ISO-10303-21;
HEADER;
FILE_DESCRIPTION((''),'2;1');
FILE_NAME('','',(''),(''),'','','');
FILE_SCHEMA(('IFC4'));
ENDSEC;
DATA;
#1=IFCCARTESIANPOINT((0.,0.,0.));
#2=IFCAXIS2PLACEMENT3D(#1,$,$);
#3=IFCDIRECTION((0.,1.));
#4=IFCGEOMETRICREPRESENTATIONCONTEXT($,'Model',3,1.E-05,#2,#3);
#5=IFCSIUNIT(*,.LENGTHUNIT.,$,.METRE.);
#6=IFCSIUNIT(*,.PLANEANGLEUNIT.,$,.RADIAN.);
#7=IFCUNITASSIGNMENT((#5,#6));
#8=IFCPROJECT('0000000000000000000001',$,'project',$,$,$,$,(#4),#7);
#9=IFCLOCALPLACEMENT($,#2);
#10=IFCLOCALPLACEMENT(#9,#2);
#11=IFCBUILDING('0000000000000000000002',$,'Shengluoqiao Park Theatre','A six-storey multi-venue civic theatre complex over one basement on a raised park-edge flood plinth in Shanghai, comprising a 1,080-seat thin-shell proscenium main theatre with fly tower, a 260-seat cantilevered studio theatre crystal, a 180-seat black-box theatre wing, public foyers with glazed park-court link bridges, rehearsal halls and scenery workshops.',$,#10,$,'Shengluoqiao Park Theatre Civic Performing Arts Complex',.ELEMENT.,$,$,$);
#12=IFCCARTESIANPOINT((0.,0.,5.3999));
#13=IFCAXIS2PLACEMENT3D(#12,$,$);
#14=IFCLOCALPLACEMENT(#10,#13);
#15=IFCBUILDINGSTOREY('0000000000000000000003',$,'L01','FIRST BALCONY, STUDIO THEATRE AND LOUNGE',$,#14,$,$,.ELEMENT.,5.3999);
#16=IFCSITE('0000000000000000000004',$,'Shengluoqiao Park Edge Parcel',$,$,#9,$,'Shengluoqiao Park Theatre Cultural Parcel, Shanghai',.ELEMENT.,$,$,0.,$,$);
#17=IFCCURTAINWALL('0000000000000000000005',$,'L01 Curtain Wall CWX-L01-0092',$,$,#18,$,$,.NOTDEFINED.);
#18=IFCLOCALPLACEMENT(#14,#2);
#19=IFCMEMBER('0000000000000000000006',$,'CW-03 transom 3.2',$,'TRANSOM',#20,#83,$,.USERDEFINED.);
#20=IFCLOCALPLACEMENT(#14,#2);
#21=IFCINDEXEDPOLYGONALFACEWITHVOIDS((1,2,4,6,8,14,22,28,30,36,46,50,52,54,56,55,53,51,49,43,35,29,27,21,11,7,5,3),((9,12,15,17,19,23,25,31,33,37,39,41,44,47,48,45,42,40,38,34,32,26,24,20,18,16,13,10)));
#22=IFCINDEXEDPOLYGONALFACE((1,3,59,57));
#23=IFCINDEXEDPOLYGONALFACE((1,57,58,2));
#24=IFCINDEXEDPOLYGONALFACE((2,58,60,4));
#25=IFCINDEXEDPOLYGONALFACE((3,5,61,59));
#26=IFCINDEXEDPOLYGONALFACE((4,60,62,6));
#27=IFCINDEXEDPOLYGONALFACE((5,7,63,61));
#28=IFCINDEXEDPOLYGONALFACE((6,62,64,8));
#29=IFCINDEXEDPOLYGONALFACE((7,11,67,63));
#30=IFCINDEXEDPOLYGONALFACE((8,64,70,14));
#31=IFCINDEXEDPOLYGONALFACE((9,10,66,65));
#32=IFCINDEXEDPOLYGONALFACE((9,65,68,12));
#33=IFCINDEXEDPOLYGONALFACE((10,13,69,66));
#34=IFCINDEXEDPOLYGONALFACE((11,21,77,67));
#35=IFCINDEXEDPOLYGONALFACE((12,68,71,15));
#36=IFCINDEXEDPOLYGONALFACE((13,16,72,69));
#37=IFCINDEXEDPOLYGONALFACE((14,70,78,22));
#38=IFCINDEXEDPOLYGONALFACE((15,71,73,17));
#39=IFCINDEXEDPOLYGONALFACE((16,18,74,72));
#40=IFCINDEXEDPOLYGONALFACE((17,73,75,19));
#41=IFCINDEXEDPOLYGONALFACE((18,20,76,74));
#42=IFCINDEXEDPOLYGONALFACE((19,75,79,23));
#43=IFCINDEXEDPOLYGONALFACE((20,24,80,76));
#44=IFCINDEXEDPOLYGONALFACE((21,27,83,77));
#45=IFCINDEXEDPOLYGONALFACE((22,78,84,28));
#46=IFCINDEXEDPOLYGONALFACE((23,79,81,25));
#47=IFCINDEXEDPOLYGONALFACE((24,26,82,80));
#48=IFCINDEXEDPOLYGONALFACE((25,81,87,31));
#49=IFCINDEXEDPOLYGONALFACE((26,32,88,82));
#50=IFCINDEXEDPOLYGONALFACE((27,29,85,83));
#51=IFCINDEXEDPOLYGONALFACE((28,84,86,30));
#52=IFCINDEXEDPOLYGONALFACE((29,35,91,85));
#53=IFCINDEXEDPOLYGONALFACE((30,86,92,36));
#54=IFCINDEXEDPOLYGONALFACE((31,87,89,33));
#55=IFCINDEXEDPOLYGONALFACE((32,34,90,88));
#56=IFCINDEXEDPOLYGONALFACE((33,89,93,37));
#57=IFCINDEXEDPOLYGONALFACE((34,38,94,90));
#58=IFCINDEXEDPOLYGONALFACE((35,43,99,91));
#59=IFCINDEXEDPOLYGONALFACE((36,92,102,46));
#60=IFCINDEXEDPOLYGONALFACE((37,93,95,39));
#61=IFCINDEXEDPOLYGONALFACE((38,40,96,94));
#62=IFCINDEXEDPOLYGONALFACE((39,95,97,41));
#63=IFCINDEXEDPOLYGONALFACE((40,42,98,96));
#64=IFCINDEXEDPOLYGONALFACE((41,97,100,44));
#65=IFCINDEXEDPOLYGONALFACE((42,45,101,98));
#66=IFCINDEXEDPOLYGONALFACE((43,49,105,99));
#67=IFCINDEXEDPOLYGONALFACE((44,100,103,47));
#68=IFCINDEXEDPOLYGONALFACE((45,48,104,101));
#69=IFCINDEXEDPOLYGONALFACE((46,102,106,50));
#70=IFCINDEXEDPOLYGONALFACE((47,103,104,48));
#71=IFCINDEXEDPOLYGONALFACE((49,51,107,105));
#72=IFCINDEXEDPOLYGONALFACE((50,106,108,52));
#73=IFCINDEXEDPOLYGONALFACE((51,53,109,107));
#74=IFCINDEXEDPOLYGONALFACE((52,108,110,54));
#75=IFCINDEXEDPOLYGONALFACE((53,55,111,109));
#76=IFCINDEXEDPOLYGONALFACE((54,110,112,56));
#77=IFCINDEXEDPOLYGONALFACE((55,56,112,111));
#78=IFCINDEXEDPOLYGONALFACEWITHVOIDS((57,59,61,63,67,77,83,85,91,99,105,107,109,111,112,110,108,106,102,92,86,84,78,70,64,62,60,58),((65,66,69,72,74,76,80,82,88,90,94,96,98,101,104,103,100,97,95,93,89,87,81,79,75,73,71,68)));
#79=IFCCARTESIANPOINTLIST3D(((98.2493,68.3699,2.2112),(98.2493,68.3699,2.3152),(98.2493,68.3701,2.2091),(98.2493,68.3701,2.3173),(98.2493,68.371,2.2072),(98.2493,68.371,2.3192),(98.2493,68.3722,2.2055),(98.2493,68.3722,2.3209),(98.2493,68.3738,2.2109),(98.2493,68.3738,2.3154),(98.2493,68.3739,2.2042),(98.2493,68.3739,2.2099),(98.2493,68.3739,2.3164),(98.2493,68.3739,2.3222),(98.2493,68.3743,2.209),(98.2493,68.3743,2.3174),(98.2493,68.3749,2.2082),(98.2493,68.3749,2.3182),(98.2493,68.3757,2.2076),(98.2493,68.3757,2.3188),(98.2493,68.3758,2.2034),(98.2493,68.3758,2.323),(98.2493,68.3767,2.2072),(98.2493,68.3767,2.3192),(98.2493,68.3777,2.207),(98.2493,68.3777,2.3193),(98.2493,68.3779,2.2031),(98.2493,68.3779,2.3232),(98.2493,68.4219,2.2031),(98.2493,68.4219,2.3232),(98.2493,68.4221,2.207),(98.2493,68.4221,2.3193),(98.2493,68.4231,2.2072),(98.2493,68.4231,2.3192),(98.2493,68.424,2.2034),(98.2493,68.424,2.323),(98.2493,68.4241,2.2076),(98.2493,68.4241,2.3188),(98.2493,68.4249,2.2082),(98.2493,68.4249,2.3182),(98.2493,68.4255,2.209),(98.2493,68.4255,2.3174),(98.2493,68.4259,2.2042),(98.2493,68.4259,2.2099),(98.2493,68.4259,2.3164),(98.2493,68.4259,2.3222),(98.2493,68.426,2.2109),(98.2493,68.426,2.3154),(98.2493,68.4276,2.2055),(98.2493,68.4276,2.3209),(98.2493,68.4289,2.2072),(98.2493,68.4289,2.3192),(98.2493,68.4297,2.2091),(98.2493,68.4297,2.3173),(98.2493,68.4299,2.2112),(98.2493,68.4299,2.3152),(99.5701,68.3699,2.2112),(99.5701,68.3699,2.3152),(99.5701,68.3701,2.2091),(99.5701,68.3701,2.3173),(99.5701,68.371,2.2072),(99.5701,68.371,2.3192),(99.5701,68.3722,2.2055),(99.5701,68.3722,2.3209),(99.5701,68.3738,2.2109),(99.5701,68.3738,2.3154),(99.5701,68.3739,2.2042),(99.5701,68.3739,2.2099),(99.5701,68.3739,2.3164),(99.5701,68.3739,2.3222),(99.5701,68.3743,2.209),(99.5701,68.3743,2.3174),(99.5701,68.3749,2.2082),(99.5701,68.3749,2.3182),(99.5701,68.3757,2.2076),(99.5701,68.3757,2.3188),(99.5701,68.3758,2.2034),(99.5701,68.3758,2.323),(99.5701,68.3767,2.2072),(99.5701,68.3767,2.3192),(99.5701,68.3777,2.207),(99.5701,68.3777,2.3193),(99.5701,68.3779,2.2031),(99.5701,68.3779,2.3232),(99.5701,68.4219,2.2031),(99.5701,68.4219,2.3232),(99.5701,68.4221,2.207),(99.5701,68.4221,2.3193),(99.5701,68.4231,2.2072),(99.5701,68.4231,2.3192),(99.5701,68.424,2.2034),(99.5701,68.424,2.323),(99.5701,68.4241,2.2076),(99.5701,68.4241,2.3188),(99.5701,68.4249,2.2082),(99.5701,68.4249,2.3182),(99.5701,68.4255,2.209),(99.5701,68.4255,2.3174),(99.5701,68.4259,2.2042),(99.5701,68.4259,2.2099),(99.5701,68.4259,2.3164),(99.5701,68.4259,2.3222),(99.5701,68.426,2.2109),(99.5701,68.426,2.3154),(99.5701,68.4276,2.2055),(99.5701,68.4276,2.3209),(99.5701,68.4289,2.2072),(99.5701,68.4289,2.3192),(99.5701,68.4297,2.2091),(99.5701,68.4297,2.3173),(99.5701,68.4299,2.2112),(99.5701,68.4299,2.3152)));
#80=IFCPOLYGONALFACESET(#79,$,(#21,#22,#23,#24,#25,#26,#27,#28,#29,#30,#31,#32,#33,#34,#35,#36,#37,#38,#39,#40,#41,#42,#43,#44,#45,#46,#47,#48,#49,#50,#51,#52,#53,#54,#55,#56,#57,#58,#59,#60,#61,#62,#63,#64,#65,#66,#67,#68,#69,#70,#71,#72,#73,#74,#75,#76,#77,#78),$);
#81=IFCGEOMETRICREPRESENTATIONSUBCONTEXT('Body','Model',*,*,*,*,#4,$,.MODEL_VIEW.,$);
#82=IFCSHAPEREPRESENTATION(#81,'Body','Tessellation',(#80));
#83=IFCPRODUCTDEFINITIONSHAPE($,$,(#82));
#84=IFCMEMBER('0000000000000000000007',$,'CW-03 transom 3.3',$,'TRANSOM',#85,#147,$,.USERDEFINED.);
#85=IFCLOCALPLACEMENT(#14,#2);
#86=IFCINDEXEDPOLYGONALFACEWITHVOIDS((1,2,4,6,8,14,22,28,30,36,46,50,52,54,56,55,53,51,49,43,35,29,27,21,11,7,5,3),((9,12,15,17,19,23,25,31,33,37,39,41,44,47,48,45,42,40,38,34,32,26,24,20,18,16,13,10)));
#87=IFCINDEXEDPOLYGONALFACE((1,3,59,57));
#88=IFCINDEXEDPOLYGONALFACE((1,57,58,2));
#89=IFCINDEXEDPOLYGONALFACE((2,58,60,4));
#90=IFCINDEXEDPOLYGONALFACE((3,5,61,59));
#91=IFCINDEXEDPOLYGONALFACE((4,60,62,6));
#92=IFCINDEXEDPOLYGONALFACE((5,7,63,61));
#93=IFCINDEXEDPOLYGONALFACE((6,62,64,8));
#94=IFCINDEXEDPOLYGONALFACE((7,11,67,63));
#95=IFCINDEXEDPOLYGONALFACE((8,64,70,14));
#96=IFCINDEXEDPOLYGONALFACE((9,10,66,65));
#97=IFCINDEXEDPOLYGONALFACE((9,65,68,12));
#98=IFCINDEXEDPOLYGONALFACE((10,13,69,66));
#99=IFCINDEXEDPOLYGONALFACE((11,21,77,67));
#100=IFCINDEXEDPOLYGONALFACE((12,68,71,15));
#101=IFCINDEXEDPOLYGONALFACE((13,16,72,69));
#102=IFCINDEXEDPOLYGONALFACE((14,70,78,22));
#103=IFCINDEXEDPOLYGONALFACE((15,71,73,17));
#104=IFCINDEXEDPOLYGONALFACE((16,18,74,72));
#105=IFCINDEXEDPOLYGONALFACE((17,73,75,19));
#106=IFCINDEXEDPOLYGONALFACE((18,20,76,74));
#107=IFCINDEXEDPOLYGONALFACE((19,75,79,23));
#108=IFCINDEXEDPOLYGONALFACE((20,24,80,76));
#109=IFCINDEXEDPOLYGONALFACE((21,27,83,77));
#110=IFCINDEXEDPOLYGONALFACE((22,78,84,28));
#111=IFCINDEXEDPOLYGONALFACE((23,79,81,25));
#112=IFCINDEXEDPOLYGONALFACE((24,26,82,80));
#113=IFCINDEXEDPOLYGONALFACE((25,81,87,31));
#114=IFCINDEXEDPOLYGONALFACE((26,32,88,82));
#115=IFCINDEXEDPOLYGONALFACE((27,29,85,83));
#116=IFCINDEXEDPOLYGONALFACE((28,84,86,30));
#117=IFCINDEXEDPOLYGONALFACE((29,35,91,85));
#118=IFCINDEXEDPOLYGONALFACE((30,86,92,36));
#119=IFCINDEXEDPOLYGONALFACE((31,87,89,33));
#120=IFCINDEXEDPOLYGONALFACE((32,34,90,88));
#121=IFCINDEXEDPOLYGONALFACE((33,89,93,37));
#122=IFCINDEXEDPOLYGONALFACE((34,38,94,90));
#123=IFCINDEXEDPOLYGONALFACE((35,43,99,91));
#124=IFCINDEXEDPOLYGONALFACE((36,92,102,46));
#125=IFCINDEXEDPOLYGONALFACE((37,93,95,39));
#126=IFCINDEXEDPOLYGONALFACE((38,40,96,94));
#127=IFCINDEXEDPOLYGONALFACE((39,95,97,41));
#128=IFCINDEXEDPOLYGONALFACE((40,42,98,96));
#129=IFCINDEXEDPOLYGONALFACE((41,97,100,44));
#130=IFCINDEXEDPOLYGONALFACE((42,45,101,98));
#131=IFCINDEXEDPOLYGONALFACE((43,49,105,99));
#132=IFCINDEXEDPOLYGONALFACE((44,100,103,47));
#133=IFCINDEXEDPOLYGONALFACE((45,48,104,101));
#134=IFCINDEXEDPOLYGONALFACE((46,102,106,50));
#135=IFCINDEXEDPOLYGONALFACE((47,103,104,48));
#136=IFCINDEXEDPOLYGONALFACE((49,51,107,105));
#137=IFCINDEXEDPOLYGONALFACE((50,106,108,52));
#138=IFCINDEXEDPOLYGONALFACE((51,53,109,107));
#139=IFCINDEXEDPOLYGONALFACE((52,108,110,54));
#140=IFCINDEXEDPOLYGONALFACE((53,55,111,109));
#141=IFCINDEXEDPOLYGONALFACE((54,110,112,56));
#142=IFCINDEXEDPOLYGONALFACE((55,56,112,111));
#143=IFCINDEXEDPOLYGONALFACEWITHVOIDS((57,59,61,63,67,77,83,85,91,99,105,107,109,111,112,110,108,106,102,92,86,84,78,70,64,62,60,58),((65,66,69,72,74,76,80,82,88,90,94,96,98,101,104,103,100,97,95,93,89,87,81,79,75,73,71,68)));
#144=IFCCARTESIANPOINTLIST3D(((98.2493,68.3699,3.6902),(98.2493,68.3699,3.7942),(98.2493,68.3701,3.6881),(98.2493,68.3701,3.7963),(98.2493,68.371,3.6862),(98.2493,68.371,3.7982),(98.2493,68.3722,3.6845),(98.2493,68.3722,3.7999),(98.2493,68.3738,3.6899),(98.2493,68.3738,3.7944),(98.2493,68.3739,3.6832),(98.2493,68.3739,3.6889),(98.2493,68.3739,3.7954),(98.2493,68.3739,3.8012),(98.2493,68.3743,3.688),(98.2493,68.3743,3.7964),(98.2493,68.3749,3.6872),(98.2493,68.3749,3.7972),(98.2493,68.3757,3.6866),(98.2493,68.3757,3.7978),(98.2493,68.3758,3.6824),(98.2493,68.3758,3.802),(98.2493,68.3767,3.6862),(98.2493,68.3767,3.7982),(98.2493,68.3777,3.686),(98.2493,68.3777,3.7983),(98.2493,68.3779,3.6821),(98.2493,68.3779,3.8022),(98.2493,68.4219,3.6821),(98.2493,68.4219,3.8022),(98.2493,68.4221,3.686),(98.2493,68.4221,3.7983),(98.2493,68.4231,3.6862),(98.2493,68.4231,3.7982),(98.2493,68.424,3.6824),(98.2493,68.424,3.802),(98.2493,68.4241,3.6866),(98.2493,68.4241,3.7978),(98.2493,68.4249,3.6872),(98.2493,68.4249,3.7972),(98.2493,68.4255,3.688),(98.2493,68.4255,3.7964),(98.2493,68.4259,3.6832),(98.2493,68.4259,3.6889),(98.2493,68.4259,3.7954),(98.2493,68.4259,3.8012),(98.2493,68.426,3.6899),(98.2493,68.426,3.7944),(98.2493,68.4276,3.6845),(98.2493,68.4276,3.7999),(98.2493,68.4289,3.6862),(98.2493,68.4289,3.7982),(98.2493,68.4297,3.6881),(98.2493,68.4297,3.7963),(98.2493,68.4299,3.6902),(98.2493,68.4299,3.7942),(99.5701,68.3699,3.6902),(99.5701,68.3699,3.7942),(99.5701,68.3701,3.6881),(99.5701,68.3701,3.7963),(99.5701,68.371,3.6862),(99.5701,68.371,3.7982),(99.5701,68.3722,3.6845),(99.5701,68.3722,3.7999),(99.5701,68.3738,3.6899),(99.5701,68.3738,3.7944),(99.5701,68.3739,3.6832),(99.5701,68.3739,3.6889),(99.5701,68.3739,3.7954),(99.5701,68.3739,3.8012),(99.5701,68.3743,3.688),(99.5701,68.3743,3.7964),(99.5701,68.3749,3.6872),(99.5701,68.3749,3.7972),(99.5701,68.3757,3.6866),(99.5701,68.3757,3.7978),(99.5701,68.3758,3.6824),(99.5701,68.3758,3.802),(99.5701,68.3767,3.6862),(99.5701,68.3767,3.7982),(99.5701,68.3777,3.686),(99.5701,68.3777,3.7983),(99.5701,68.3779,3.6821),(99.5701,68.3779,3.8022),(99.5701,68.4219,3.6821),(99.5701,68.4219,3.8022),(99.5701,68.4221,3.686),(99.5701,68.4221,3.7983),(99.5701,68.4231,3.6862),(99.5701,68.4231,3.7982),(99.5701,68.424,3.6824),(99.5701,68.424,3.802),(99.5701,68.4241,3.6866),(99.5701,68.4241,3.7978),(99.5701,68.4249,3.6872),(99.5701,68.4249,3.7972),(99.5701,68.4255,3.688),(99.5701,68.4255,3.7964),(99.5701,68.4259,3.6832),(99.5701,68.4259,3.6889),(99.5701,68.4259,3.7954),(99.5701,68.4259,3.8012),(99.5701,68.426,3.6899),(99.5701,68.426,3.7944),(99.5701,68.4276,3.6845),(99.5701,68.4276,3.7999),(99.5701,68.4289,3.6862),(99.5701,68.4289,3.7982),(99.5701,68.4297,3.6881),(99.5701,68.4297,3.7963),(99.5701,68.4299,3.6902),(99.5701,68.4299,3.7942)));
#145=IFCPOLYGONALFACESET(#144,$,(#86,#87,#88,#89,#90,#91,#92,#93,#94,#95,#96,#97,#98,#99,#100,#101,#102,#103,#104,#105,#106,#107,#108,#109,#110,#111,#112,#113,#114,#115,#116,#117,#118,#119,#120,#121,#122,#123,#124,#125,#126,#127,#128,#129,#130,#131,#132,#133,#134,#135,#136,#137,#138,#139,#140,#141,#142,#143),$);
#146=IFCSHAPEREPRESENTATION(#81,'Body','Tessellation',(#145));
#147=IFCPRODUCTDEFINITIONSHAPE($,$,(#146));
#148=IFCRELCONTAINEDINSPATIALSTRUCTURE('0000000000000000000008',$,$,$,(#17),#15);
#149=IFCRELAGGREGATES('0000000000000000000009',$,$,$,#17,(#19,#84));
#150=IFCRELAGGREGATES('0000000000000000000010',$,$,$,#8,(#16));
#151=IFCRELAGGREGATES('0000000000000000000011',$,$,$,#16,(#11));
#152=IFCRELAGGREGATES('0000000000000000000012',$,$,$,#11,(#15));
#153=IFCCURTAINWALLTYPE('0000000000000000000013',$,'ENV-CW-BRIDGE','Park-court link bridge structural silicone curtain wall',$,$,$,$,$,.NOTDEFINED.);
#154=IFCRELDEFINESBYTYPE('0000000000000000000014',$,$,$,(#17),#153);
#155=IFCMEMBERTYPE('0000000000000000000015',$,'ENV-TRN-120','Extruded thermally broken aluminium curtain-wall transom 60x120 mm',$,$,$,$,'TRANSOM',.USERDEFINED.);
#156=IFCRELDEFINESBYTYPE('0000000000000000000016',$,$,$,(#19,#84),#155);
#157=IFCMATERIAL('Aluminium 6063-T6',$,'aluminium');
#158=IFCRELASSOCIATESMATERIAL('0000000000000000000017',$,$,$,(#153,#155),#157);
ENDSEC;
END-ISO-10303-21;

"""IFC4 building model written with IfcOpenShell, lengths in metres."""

from ifc_helpers import new_model, si_unit, direction, frame, origin, origin_2d, place, context, subcontext, project, spatial, hollow_rectangle, extrude, material, material_profile, profile_set, type_object, element, aggregate, save


model = new_model("IFC4")

# Units and contexts
model_context = context("Model", 3, precision=1e-05, world=origin(), true_north=direction((0.0, 1.0)))
body_context = subcontext(model_context, "Body", "Model", "MODEL_VIEW")
ifc_project = project(units=[si_unit("LENGTHUNIT", "METRE"), si_unit("PLANEANGLEUNIT", "RADIAN")], contexts=[model_context])

# Site, building, storey
site_placement = place(None, origin())
site = spatial("IfcSite", under=ifc_project, at=site_placement, Name="Shengluoqiao Park Edge Parcel", LongName="Shengluoqiao Park Theatre Cultural Parcel, Shanghai", CompositionType="ELEMENT", RefElevation=0.0)
building_placement = place(site_placement, origin())
building = spatial("IfcBuilding", under=site, at=building_placement, Name="Shengluoqiao Park Theatre", Description="A six-storey multi-venue civic theatre complex over one basement on a raised park-edge flood plinth in Shanghai, comprising a 1,080-seat thin-shell proscenium main theatre with fly tower, a 260-seat cantilevered studio theatre crystal, a 180-seat black-box theatre wing, public foyers with glazed park-court link bridges, rehearsal halls and scenery workshops.", LongName="Shengluoqiao Park Theatre Civic Performing Arts Complex", CompositionType="ELEMENT")
storey_placement = place(building_placement, frame((0.0, 0.0, 5.3999)))
storey = spatial("IfcBuildingStorey", under=building, at=storey_placement, Name="L01", Description="FIRST BALCONY, STUDIO THEATRE AND LOUNGE", CompositionType="ELEMENT", Elevation=5.3999)

# Curtain wall
ifc_material_1 = material(Name="Aluminium 6063-T6", Category="aluminium")
curtain_wall_type = type_object("IfcCurtainWallType", Name="ENV-CW-BRIDGE", Description="Park-court link bridge structural silicone curtain wall", PredefinedType="NOTDEFINED", material=ifc_material_1)
curtain_wall_1_placement = place(storey_placement, origin())
curtain_wall_1 = element("IfcCurtainWall", 1, at=curtain_wall_1_placement, inside=storey, type_object=curtain_wall_type, Name="L01 Curtain Wall CWX-L01-0092", PredefinedType="NOTDEFINED")

# Members
ifc_material_profile_1 = material_profile(ifc_material_1, hollow_rectangle(XDim=0.0601, YDim=0.1201, WallThickness=0.0039, InnerFilletRadius=0.0039, OuterFilletRadius=0.0081, at=origin_2d()), Name="ALU TRANSOM 120x60x4")
ifc_profile_set_1 = profile_set([ifc_material_profile_1], Name="Aluminium 6063-T6")
member_type_1 = type_object("IfcMemberType", Name="ENV-TRN-120", Description="Extruded thermally broken aluminium curtain-wall transom 60x120 mm", ElementType="TRANSOM", PredefinedType="USERDEFINED", material=ifc_profile_set_1)
member_1_placement = place(storey_placement, frame((98.2493, 68.3999, 2.2632), z_axis=(1.0, 0.0, 0.0), x_axis=(0.0, 1.0, 0.0)))
member_1 = element("IfcMember", 2, at=member_1_placement, type_object=member_type_1, Name="CW-03 transom 3.2", ObjectType="TRANSOM", PredefinedType="USERDEFINED", context=body_context, shape_type="SweptSolid", body=[
    extrude(hollow_rectangle(XDim=0.0601, YDim=0.1201, WallThickness=0.0039, InnerFilletRadius=0.0039, OuterFilletRadius=0.0081, at=origin_2d()), origin(), (0.0, 0.0, 1.0), 1.3208),
])
member_2_placement = place(storey_placement, frame((98.2493, 68.3999, 3.7422), z_axis=(1.0, 0.0, 0.0), x_axis=(0.0, 1.0, 0.0)))
member_2 = element("IfcMember", 3, at=member_2_placement, type_object=member_type_1, Name="CW-03 transom 3.3", ObjectType="TRANSOM", PredefinedType="USERDEFINED", context=body_context, shape_type="SweptSolid", body=[
    extrude(hollow_rectangle(XDim=0.0601, YDim=0.1201, WallThickness=0.0039, InnerFilletRadius=0.0039, OuterFilletRadius=0.0081, at=origin_2d()), origin(), (0.0, 0.0, 1.0), 1.3208),
])

aggregate(curtain_wall_1, [member_1, member_2])

save(model, "model.ifc")
